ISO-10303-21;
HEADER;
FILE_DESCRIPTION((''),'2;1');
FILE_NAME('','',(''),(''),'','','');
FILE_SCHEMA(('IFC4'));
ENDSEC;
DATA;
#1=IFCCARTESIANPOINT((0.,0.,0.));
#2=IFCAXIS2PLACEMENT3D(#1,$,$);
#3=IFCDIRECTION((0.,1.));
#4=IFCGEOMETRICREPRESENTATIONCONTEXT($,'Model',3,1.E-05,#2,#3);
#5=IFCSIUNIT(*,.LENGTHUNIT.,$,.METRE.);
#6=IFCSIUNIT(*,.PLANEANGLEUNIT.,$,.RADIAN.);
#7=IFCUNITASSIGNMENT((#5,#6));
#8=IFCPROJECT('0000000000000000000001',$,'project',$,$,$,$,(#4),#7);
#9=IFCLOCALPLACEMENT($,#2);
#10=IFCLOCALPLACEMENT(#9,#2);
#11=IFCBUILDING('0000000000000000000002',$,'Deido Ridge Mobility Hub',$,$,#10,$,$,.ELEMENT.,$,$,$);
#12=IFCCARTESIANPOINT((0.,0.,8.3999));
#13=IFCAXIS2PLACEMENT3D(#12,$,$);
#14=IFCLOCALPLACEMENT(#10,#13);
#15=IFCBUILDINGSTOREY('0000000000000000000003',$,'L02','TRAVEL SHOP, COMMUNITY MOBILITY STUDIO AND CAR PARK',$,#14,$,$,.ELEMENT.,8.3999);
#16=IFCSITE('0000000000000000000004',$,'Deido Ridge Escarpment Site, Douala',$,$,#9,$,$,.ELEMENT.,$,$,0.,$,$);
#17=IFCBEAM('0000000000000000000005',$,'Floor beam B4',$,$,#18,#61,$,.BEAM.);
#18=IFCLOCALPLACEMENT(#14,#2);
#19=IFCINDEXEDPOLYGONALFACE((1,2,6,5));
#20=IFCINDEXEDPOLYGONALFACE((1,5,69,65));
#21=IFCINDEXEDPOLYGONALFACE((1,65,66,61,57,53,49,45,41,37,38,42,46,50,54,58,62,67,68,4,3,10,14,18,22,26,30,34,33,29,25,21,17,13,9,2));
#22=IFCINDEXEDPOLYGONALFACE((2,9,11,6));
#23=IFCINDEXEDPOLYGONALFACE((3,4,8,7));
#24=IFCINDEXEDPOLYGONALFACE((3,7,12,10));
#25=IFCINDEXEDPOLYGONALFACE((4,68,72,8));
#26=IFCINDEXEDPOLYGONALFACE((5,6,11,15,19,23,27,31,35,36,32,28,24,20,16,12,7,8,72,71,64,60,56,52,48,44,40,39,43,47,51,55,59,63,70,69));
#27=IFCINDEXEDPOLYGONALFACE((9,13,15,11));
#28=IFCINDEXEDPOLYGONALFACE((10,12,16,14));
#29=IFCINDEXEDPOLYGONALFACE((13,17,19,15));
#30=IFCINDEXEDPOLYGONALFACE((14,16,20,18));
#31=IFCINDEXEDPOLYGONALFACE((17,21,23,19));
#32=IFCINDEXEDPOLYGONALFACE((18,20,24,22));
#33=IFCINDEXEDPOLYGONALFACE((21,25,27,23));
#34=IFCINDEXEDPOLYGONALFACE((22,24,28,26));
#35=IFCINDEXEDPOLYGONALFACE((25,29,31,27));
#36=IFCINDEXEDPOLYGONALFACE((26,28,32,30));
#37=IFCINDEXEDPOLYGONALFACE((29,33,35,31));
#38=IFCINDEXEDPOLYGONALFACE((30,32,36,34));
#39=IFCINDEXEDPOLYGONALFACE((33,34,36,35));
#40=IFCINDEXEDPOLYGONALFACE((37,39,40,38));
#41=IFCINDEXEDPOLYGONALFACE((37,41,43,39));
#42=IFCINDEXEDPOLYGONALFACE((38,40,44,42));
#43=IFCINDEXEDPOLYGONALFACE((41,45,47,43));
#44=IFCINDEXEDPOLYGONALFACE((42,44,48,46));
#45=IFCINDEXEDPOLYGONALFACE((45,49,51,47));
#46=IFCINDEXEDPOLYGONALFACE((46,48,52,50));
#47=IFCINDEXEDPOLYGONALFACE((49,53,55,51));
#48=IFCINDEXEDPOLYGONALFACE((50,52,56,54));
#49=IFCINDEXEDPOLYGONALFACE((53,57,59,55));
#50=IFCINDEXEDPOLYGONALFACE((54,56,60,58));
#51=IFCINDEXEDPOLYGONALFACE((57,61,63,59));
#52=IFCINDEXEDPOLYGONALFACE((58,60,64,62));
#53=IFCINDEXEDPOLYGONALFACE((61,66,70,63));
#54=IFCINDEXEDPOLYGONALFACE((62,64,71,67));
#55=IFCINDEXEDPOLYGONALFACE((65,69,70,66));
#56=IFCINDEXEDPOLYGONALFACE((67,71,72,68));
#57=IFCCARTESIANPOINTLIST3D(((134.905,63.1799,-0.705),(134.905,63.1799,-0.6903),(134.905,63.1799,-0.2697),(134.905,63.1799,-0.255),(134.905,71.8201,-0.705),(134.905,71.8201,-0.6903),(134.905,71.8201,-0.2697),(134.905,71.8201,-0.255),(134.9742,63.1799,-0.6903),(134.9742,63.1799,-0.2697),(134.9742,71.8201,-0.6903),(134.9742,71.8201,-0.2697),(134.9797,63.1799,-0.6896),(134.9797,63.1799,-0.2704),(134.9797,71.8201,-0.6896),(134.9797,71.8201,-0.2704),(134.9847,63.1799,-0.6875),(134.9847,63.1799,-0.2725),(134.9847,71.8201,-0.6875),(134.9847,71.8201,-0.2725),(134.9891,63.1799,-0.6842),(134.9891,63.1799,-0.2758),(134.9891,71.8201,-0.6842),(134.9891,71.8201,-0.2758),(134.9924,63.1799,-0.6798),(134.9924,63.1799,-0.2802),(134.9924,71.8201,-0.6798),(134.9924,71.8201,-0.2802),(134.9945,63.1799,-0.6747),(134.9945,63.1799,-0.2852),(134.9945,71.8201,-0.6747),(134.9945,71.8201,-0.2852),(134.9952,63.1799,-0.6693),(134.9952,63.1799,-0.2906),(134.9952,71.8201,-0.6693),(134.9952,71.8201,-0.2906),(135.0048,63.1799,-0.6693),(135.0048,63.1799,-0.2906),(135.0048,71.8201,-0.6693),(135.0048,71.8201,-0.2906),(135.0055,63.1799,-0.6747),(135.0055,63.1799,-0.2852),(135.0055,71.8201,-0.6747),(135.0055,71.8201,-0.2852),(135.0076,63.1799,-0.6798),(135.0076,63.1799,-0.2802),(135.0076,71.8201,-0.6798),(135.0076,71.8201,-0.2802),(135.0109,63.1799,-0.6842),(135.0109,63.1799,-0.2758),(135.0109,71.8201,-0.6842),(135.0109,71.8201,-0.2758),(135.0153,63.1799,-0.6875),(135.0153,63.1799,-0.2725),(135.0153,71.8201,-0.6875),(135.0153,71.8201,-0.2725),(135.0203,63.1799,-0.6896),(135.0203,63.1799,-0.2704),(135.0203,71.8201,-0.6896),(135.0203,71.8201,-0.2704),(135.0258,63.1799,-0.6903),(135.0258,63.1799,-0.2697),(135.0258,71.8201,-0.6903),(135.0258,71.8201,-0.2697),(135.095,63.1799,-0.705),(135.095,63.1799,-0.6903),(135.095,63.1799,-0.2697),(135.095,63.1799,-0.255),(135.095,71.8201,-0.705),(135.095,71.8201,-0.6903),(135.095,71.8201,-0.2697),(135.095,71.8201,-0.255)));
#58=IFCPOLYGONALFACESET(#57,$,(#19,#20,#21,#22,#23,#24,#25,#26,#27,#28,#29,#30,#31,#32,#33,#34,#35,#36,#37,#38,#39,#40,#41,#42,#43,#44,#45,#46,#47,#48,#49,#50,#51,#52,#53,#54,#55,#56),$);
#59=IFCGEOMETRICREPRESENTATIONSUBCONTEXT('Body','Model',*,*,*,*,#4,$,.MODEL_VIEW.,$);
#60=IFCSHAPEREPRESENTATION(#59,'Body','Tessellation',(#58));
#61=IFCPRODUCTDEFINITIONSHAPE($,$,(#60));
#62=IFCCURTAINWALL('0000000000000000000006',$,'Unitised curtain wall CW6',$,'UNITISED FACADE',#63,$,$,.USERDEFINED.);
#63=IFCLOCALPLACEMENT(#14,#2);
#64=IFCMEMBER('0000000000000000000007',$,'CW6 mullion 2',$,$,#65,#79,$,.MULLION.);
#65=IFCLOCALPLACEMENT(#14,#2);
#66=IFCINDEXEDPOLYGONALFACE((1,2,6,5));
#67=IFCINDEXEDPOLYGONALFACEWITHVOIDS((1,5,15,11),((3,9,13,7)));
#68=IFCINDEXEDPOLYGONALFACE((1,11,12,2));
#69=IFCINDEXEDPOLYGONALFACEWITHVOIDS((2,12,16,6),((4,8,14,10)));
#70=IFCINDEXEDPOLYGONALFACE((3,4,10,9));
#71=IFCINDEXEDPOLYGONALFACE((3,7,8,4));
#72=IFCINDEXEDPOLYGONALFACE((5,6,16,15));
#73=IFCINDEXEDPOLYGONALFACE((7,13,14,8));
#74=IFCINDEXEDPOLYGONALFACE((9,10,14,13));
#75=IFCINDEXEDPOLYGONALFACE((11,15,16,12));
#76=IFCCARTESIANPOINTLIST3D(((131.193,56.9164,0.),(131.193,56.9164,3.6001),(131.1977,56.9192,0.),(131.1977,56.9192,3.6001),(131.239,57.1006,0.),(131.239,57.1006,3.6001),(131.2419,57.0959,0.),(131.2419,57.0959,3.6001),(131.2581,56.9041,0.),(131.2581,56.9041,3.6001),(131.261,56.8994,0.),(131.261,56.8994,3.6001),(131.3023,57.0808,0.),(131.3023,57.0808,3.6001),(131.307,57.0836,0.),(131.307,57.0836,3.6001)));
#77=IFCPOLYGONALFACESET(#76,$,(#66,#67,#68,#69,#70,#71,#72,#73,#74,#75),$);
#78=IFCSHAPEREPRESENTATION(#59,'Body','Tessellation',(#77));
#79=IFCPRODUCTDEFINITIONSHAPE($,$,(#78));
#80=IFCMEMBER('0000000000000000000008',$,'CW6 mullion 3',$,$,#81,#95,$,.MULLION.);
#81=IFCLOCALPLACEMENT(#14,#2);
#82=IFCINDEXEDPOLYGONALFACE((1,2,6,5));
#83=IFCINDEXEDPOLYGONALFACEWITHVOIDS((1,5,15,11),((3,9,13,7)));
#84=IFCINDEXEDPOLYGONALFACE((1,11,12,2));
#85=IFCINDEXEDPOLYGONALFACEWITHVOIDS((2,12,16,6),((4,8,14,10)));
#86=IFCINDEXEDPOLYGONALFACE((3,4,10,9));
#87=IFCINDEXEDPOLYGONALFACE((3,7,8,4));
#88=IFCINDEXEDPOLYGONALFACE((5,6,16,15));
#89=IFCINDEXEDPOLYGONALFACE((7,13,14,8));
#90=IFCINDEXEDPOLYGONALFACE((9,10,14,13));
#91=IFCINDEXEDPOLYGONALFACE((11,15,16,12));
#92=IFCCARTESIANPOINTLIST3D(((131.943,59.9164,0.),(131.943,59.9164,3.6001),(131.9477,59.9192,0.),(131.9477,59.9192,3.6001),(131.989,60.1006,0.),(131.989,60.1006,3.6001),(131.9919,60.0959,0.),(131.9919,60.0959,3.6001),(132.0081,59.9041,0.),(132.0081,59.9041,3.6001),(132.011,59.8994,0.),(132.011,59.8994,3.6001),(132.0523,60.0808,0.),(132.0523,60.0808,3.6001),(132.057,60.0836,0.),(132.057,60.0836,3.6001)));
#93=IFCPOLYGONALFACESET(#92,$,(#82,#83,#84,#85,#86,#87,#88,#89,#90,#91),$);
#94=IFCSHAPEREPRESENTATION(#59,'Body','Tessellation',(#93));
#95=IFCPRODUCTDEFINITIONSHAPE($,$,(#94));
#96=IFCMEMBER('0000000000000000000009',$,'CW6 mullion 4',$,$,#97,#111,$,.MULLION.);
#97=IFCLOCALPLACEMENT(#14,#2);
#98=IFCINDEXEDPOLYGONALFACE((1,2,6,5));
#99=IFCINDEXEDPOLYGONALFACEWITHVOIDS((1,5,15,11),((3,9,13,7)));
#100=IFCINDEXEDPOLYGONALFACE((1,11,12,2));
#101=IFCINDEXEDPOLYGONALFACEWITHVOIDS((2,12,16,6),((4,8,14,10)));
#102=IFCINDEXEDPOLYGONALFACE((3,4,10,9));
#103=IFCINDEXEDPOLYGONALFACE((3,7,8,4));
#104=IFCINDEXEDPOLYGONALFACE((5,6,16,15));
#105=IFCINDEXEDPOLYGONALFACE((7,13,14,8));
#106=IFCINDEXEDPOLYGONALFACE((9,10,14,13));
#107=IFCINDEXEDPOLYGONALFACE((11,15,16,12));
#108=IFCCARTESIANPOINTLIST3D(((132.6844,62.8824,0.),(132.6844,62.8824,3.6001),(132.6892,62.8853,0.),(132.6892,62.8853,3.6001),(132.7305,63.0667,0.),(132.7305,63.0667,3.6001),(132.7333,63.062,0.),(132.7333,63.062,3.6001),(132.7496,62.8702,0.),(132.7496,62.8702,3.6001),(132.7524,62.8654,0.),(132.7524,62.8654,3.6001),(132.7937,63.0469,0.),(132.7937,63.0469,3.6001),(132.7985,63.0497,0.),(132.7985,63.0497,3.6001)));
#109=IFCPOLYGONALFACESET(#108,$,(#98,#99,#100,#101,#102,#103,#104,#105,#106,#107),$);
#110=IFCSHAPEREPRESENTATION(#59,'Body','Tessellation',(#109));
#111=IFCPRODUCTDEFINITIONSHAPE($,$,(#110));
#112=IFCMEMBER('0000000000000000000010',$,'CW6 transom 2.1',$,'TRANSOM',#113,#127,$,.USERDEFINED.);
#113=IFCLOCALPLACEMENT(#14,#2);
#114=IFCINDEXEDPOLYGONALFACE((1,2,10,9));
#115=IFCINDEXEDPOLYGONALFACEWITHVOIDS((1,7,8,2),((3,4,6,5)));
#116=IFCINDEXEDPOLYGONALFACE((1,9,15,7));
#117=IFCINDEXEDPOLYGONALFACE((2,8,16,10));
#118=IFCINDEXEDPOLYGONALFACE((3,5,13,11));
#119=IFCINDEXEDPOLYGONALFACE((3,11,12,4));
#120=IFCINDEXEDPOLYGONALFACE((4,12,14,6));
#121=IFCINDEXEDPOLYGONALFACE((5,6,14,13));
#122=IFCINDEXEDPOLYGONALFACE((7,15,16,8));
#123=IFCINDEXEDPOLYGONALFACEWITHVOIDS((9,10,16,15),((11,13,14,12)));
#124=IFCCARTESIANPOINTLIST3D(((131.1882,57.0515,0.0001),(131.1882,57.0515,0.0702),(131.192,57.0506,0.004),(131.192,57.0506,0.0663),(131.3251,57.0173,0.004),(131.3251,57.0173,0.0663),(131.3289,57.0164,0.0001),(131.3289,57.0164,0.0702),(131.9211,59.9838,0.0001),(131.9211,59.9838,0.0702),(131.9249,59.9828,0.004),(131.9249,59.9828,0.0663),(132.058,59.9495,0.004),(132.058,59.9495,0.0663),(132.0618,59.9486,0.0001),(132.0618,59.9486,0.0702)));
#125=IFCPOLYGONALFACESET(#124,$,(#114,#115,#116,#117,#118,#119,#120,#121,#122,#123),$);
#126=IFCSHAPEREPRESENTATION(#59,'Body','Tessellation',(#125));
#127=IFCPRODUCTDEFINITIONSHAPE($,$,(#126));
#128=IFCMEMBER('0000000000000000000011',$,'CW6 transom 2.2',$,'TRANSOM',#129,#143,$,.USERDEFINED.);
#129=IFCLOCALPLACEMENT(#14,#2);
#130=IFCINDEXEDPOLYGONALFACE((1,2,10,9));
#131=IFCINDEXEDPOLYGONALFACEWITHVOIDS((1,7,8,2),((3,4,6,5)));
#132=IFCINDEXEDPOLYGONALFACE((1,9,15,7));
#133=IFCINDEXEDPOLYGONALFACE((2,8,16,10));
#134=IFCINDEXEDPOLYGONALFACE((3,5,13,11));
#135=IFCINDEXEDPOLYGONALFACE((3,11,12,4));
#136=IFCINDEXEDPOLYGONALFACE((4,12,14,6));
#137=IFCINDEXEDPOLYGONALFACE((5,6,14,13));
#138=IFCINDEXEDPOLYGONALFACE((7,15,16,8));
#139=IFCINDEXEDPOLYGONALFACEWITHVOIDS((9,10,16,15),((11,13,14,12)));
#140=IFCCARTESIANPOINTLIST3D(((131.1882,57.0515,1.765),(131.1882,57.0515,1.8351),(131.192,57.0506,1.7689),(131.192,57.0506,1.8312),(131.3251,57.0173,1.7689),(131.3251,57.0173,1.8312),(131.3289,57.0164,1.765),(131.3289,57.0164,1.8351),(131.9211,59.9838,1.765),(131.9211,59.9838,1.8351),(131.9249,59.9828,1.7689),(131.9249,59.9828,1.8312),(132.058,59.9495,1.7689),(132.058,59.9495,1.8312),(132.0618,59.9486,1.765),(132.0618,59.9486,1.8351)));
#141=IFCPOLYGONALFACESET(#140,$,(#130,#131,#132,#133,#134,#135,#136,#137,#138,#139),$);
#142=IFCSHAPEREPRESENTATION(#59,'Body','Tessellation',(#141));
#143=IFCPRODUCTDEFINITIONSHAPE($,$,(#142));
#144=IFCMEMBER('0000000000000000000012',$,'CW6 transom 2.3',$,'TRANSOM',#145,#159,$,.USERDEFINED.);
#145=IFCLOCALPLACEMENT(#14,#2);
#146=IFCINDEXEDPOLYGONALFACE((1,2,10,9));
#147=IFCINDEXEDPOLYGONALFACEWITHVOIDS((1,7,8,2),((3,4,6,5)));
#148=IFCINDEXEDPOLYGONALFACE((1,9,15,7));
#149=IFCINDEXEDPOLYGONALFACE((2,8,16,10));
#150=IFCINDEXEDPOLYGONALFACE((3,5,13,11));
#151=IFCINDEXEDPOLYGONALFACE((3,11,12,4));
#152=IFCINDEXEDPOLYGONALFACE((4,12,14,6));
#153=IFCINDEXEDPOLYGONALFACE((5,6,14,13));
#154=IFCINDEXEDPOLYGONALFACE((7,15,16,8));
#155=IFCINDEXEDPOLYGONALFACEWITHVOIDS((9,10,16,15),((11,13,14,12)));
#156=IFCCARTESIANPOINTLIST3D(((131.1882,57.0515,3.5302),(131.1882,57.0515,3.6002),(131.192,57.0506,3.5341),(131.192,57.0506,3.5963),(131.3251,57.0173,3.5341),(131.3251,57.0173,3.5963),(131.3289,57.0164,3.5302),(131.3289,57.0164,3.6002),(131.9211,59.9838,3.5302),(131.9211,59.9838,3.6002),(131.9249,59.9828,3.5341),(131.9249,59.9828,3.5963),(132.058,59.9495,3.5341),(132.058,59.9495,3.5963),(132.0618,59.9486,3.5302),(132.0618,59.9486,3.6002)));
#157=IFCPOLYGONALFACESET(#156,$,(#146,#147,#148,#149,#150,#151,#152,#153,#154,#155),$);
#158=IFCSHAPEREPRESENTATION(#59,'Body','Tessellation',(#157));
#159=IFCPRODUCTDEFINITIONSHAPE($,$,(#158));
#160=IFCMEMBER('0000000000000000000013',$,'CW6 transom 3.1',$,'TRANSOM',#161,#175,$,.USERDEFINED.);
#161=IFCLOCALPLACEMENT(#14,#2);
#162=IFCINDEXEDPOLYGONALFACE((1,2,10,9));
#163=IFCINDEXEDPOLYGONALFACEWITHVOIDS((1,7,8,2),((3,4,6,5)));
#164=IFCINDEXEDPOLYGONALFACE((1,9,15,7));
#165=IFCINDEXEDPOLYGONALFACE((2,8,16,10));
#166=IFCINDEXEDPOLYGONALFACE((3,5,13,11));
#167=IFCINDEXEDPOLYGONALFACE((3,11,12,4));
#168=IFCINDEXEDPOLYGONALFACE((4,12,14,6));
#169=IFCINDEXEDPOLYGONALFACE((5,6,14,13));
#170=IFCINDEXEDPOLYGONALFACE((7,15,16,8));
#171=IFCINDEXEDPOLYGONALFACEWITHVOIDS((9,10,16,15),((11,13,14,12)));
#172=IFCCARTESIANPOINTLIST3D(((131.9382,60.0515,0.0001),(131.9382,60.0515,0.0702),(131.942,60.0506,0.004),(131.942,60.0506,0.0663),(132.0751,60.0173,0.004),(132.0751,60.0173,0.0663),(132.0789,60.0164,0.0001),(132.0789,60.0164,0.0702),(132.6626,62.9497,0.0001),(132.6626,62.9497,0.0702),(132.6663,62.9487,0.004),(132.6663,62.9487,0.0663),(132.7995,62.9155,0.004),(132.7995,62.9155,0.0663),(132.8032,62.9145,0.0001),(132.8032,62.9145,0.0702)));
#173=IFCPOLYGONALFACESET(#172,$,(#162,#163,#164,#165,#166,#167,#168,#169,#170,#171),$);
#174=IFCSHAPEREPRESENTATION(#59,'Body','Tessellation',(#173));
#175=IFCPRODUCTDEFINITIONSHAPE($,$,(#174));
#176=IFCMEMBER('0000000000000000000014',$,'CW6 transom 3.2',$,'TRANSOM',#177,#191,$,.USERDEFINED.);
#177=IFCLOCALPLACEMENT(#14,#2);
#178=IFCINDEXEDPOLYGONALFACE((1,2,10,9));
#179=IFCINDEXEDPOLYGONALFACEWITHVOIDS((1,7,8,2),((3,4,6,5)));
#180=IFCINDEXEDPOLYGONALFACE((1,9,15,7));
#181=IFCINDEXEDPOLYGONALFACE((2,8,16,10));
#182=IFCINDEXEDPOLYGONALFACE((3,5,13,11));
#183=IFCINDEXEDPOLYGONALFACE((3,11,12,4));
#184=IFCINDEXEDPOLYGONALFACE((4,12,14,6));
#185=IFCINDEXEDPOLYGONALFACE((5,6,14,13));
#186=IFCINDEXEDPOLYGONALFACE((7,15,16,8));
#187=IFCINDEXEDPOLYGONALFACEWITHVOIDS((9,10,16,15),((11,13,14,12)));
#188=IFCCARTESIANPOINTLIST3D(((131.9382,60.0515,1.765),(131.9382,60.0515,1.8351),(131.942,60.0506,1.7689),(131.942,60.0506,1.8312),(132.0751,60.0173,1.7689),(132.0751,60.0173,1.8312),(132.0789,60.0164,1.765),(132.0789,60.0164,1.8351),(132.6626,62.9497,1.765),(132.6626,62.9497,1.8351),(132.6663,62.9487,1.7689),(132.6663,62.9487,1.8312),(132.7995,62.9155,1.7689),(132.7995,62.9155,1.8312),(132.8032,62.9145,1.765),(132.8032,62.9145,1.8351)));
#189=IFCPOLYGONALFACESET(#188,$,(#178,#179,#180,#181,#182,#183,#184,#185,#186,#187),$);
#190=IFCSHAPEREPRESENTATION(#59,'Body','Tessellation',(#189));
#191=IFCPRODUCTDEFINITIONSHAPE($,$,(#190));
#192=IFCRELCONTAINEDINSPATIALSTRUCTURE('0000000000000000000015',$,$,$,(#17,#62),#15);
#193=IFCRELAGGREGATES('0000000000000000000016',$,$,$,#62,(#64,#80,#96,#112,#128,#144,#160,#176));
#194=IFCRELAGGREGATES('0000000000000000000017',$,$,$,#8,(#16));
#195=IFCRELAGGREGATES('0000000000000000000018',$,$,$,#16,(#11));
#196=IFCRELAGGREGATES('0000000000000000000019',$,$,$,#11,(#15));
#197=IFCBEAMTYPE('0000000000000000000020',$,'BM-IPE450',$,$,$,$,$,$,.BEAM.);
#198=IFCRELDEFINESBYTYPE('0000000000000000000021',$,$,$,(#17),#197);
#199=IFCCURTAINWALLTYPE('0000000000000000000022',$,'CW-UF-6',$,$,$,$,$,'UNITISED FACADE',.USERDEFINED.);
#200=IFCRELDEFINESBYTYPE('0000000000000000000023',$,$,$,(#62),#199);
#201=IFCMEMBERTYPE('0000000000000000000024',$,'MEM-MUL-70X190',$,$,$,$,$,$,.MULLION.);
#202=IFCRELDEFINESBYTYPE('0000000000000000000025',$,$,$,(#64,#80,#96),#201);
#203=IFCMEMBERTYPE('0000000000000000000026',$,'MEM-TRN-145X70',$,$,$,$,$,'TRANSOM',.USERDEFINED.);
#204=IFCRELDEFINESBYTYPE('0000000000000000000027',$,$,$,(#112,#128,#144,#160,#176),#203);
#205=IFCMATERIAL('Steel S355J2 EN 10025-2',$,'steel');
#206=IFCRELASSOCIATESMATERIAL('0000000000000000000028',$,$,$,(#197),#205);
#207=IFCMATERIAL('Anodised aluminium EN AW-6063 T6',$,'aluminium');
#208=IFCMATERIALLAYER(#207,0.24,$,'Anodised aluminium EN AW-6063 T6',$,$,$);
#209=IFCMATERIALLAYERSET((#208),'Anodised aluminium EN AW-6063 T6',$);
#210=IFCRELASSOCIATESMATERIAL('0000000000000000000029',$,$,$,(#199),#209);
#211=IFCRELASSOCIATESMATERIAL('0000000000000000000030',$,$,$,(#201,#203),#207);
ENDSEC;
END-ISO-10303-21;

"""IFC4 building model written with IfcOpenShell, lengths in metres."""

from ifc_helpers import new_model, si_unit, direction, frame, origin, origin_2d, place, context, subcontext, project, spatial, hollow_rectangle, i_section, extrude, material, layer, layer_set, material_profile, profile_set, type_object, element, aggregate, save


model = new_model("IFC4")

# Units and contexts
model_context = context("Model", 3, precision=1e-05, world=origin(), true_north=direction((0.0, 1.0)))
body_context = subcontext(model_context, "Body", "Model", "MODEL_VIEW")
ifc_project = project(units=[si_unit("LENGTHUNIT", "METRE"), si_unit("PLANEANGLEUNIT", "RADIAN")], contexts=[model_context])

# Site, building, storey
site_placement = place(None, origin())
site = spatial("IfcSite", under=ifc_project, at=site_placement, Name="Deido Ridge Escarpment Site, Douala", CompositionType="ELEMENT", RefElevation=0.0)
building_placement = place(site_placement, origin())
building = spatial("IfcBuilding", under=site, at=building_placement, Name="Deido Ridge Mobility Hub", CompositionType="ELEMENT")
storey_placement = place(building_placement, frame((0.0, 0.0, 8.3999)))
storey = spatial("IfcBuildingStorey", under=building, at=storey_placement, Name="L02", Description="TRAVEL SHOP, COMMUNITY MOBILITY STUDIO AND CAR PARK", CompositionType="ELEMENT", Elevation=8.3999)

# Beam
ifc_material_1 = material(Name="Steel S355J2 EN 10025-2", Category="steel")
ifc_material_profile_1 = material_profile(ifc_material_1, i_section(OverallWidth=0.1899, OverallDepth=0.45, WebThickness=0.0095, FlangeThickness=0.0146, FilletRadius=0.021, at=origin_2d()), Name="IPE 450")
ifc_profile_set_1 = profile_set([ifc_material_profile_1], Name="Steel S355J2 EN 10025-2")
beam_type = type_object("IfcBeamType", Name="BM-IPE450", PredefinedType="BEAM", material=ifc_profile_set_1)
beam_placement = place(storey_placement, frame((135.0, 63.1799, -0.48), z_axis=(0.0, 1.0, 0.0), x_axis=(-1.0, 0.0, 0.0)))
element("IfcBeam", 1, at=beam_placement, inside=storey, type_object=beam_type, Name="Floor beam B4", PredefinedType="BEAM", context=body_context, shape_type="SweptSolid", body=[
    extrude(i_section(OverallWidth=0.1899, OverallDepth=0.45, WebThickness=0.0095, FlangeThickness=0.0146, FilletRadius=0.021, at=origin_2d()), origin(), (0.0, 0.0, 1.0), 8.6401),
])

# Curtain wall, members
ifc_material_2 = material(Name="Anodised aluminium EN AW-6063 T6", Category="aluminium")
ifc_layer_1 = layer(ifc_material_2, 0.24, Name="Anodised aluminium EN AW-6063 T6")
ifc_layer_set_1 = layer_set([ifc_layer_1], Name="Anodised aluminium EN AW-6063 T6")
curtain_wall_type = type_object("IfcCurtainWallType", Name="CW-UF-6", ElementType="UNITISED FACADE", PredefinedType="USERDEFINED", material=ifc_layer_set_1)
curtain_wall_placement = place(storey_placement, origin())
curtain_wall = element("IfcCurtainWall", 2, at=curtain_wall_placement, inside=storey, type_object=curtain_wall_type, Name="Unitised curtain wall CW6", ObjectType="UNITISED FACADE", PredefinedType="USERDEFINED")
ifc_material_profile_2 = material_profile(ifc_material_2, hollow_rectangle(XDim=0.0701, YDim=0.1899, WallThickness=0.0039, at=origin_2d()), Name="RHS 70x190x4")
ifc_profile_set_2 = profile_set([ifc_material_profile_2], Name="Anodised aluminium EN AW-6063 T6")
member_type_1 = type_object("IfcMemberType", Name="MEM-MUL-70X190", PredefinedType="MULLION", material=ifc_profile_set_2)
member_1_placement = place(storey_placement, frame((131.25, 57.0, 0.0), z_axis=(0.0, 0.0, 1.0), x_axis=(-0.970143, 0.242536, 0.0)))
member_1 = element("IfcMember", 3, at=member_1_placement, type_object=member_type_1, Name="CW6 mullion 2", PredefinedType="MULLION", context=body_context, shape_type="SweptSolid", body=[
    extrude(hollow_rectangle(XDim=0.0701, YDim=0.1899, WallThickness=0.0039, at=origin_2d()), origin(), (0.0, 0.0, 1.0), 3.6001),
])
member_2_placement = place(storey_placement, frame((132.0, 60.0, 0.0), z_axis=(0.0, 0.0, 1.0), x_axis=(-0.970143, 0.242536, 0.0)))
member_2 = element("IfcMember", 4, at=member_2_placement, type_object=member_type_1, Name="CW6 mullion 3", PredefinedType="MULLION", context=body_context, shape_type="SweptSolid", body=[
    extrude(hollow_rectangle(XDim=0.0701, YDim=0.1899, WallThickness=0.0039, at=origin_2d()), origin(), (0.0, 0.0, 1.0), 3.6001),
])
member_3_placement = place(storey_placement, frame((132.7415, 62.9661, 0.0), z_axis=(0.0, 0.0, 1.0), x_axis=(-0.970143, 0.242536, 0.0)))
member_3 = element("IfcMember", 5, at=member_3_placement, type_object=member_type_1, Name="CW6 mullion 4", PredefinedType="MULLION", context=body_context, shape_type="SweptSolid", body=[
    extrude(hollow_rectangle(XDim=0.0701, YDim=0.1899, WallThickness=0.0039, at=origin_2d()), origin(), (0.0, 0.0, 1.0), 3.6001),
])
ifc_material_profile_3 = material_profile(ifc_material_2, hollow_rectangle(XDim=0.145, YDim=0.0701, WallThickness=0.0039, at=origin_2d()), Name="RHS 145x70x4")
ifc_profile_set_3 = profile_set([ifc_material_profile_3], Name="Anodised aluminium EN AW-6063 T6")
member_type_2 = type_object("IfcMemberType", Name="MEM-TRN-145X70", ElementType="TRANSOM", PredefinedType="USERDEFINED", material=ifc_profile_set_3)
member_4_placement = place(storey_placement, frame((131.2585, 57.0339, 0.0352), z_axis=(0.242498, 0.970152, 0.0), x_axis=(-0.970152, 0.242498, 0.0)))
member_4 = element("IfcMember", 6, at=member_4_placement, type_object=member_type_2, Name="CW6 transom 2.1", ObjectType="TRANSOM", PredefinedType="USERDEFINED", context=body_context, shape_type="SweptSolid", body=[
    extrude(hollow_rectangle(XDim=0.145, YDim=0.0701, WallThickness=0.0039, at=origin_2d()), origin(), (0.0, 0.0, 1.0), 3.0225),
])
member_5_placement = place(storey_placement, frame((131.2585, 57.0339, 1.8), z_axis=(0.242498, 0.970152, 0.0), x_axis=(-0.970152, 0.242498, 0.0)))
member_5 = element("IfcMember", 7, at=member_5_placement, type_object=member_type_2, Name="CW6 transom 2.2", ObjectType="TRANSOM", PredefinedType="USERDEFINED", context=body_context, shape_type="SweptSolid", body=[
    extrude(hollow_rectangle(XDim=0.145, YDim=0.0701, WallThickness=0.0039, at=origin_2d()), origin(), (0.0, 0.0, 1.0), 3.0225),
])
member_6_placement = place(storey_placement, frame((131.2585, 57.0339, 3.5652), z_axis=(0.242498, 0.970152, 0.0), x_axis=(-0.970152, 0.242498, 0.0)))
member_6 = element("IfcMember", 8, at=member_6_placement, type_object=member_type_2, Name="CW6 transom 2.3", ObjectType="TRANSOM", PredefinedType="USERDEFINED", context=body_context, shape_type="SweptSolid", body=[
    extrude(hollow_rectangle(XDim=0.145, YDim=0.0701, WallThickness=0.0039, at=origin_2d()), origin(), (0.0, 0.0, 1.0), 3.0225),
])
member_7_placement = place(storey_placement, frame((132.0085, 60.0339, 0.0352), z_axis=(0.242478, 0.970157, 0.0), x_axis=(-0.970157, 0.242478, 0.0)))
member_7 = element("IfcMember", 9, at=member_7_placement, type_object=member_type_2, Name="CW6 transom 3.1", ObjectType="TRANSOM", PredefinedType="USERDEFINED", context=body_context, shape_type="SweptSolid", body=[
    extrude(hollow_rectangle(XDim=0.145, YDim=0.0701, WallThickness=0.0039, at=origin_2d()), origin(), (0.0, 0.0, 1.0), 2.9873),
])
member_8_placement = place(storey_placement, frame((132.0085, 60.0339, 1.8), z_axis=(0.242478, 0.970157, 0.0), x_axis=(-0.970157, 0.242478, 0.0)))
member_8 = element("IfcMember", 10, at=member_8_placement, type_object=member_type_2, Name="CW6 transom 3.2", ObjectType="TRANSOM", PredefinedType="USERDEFINED", context=body_context, shape_type="SweptSolid", body=[
    extrude(hollow_rectangle(XDim=0.145, YDim=0.0701, WallThickness=0.0039, at=origin_2d()), origin(), (0.0, 0.0, 1.0), 2.9873),
])
aggregate(curtain_wall, [member_1, member_2, member_3, member_4, member_5, member_6, member_7, member_8])

save(model, "model.ifc")
